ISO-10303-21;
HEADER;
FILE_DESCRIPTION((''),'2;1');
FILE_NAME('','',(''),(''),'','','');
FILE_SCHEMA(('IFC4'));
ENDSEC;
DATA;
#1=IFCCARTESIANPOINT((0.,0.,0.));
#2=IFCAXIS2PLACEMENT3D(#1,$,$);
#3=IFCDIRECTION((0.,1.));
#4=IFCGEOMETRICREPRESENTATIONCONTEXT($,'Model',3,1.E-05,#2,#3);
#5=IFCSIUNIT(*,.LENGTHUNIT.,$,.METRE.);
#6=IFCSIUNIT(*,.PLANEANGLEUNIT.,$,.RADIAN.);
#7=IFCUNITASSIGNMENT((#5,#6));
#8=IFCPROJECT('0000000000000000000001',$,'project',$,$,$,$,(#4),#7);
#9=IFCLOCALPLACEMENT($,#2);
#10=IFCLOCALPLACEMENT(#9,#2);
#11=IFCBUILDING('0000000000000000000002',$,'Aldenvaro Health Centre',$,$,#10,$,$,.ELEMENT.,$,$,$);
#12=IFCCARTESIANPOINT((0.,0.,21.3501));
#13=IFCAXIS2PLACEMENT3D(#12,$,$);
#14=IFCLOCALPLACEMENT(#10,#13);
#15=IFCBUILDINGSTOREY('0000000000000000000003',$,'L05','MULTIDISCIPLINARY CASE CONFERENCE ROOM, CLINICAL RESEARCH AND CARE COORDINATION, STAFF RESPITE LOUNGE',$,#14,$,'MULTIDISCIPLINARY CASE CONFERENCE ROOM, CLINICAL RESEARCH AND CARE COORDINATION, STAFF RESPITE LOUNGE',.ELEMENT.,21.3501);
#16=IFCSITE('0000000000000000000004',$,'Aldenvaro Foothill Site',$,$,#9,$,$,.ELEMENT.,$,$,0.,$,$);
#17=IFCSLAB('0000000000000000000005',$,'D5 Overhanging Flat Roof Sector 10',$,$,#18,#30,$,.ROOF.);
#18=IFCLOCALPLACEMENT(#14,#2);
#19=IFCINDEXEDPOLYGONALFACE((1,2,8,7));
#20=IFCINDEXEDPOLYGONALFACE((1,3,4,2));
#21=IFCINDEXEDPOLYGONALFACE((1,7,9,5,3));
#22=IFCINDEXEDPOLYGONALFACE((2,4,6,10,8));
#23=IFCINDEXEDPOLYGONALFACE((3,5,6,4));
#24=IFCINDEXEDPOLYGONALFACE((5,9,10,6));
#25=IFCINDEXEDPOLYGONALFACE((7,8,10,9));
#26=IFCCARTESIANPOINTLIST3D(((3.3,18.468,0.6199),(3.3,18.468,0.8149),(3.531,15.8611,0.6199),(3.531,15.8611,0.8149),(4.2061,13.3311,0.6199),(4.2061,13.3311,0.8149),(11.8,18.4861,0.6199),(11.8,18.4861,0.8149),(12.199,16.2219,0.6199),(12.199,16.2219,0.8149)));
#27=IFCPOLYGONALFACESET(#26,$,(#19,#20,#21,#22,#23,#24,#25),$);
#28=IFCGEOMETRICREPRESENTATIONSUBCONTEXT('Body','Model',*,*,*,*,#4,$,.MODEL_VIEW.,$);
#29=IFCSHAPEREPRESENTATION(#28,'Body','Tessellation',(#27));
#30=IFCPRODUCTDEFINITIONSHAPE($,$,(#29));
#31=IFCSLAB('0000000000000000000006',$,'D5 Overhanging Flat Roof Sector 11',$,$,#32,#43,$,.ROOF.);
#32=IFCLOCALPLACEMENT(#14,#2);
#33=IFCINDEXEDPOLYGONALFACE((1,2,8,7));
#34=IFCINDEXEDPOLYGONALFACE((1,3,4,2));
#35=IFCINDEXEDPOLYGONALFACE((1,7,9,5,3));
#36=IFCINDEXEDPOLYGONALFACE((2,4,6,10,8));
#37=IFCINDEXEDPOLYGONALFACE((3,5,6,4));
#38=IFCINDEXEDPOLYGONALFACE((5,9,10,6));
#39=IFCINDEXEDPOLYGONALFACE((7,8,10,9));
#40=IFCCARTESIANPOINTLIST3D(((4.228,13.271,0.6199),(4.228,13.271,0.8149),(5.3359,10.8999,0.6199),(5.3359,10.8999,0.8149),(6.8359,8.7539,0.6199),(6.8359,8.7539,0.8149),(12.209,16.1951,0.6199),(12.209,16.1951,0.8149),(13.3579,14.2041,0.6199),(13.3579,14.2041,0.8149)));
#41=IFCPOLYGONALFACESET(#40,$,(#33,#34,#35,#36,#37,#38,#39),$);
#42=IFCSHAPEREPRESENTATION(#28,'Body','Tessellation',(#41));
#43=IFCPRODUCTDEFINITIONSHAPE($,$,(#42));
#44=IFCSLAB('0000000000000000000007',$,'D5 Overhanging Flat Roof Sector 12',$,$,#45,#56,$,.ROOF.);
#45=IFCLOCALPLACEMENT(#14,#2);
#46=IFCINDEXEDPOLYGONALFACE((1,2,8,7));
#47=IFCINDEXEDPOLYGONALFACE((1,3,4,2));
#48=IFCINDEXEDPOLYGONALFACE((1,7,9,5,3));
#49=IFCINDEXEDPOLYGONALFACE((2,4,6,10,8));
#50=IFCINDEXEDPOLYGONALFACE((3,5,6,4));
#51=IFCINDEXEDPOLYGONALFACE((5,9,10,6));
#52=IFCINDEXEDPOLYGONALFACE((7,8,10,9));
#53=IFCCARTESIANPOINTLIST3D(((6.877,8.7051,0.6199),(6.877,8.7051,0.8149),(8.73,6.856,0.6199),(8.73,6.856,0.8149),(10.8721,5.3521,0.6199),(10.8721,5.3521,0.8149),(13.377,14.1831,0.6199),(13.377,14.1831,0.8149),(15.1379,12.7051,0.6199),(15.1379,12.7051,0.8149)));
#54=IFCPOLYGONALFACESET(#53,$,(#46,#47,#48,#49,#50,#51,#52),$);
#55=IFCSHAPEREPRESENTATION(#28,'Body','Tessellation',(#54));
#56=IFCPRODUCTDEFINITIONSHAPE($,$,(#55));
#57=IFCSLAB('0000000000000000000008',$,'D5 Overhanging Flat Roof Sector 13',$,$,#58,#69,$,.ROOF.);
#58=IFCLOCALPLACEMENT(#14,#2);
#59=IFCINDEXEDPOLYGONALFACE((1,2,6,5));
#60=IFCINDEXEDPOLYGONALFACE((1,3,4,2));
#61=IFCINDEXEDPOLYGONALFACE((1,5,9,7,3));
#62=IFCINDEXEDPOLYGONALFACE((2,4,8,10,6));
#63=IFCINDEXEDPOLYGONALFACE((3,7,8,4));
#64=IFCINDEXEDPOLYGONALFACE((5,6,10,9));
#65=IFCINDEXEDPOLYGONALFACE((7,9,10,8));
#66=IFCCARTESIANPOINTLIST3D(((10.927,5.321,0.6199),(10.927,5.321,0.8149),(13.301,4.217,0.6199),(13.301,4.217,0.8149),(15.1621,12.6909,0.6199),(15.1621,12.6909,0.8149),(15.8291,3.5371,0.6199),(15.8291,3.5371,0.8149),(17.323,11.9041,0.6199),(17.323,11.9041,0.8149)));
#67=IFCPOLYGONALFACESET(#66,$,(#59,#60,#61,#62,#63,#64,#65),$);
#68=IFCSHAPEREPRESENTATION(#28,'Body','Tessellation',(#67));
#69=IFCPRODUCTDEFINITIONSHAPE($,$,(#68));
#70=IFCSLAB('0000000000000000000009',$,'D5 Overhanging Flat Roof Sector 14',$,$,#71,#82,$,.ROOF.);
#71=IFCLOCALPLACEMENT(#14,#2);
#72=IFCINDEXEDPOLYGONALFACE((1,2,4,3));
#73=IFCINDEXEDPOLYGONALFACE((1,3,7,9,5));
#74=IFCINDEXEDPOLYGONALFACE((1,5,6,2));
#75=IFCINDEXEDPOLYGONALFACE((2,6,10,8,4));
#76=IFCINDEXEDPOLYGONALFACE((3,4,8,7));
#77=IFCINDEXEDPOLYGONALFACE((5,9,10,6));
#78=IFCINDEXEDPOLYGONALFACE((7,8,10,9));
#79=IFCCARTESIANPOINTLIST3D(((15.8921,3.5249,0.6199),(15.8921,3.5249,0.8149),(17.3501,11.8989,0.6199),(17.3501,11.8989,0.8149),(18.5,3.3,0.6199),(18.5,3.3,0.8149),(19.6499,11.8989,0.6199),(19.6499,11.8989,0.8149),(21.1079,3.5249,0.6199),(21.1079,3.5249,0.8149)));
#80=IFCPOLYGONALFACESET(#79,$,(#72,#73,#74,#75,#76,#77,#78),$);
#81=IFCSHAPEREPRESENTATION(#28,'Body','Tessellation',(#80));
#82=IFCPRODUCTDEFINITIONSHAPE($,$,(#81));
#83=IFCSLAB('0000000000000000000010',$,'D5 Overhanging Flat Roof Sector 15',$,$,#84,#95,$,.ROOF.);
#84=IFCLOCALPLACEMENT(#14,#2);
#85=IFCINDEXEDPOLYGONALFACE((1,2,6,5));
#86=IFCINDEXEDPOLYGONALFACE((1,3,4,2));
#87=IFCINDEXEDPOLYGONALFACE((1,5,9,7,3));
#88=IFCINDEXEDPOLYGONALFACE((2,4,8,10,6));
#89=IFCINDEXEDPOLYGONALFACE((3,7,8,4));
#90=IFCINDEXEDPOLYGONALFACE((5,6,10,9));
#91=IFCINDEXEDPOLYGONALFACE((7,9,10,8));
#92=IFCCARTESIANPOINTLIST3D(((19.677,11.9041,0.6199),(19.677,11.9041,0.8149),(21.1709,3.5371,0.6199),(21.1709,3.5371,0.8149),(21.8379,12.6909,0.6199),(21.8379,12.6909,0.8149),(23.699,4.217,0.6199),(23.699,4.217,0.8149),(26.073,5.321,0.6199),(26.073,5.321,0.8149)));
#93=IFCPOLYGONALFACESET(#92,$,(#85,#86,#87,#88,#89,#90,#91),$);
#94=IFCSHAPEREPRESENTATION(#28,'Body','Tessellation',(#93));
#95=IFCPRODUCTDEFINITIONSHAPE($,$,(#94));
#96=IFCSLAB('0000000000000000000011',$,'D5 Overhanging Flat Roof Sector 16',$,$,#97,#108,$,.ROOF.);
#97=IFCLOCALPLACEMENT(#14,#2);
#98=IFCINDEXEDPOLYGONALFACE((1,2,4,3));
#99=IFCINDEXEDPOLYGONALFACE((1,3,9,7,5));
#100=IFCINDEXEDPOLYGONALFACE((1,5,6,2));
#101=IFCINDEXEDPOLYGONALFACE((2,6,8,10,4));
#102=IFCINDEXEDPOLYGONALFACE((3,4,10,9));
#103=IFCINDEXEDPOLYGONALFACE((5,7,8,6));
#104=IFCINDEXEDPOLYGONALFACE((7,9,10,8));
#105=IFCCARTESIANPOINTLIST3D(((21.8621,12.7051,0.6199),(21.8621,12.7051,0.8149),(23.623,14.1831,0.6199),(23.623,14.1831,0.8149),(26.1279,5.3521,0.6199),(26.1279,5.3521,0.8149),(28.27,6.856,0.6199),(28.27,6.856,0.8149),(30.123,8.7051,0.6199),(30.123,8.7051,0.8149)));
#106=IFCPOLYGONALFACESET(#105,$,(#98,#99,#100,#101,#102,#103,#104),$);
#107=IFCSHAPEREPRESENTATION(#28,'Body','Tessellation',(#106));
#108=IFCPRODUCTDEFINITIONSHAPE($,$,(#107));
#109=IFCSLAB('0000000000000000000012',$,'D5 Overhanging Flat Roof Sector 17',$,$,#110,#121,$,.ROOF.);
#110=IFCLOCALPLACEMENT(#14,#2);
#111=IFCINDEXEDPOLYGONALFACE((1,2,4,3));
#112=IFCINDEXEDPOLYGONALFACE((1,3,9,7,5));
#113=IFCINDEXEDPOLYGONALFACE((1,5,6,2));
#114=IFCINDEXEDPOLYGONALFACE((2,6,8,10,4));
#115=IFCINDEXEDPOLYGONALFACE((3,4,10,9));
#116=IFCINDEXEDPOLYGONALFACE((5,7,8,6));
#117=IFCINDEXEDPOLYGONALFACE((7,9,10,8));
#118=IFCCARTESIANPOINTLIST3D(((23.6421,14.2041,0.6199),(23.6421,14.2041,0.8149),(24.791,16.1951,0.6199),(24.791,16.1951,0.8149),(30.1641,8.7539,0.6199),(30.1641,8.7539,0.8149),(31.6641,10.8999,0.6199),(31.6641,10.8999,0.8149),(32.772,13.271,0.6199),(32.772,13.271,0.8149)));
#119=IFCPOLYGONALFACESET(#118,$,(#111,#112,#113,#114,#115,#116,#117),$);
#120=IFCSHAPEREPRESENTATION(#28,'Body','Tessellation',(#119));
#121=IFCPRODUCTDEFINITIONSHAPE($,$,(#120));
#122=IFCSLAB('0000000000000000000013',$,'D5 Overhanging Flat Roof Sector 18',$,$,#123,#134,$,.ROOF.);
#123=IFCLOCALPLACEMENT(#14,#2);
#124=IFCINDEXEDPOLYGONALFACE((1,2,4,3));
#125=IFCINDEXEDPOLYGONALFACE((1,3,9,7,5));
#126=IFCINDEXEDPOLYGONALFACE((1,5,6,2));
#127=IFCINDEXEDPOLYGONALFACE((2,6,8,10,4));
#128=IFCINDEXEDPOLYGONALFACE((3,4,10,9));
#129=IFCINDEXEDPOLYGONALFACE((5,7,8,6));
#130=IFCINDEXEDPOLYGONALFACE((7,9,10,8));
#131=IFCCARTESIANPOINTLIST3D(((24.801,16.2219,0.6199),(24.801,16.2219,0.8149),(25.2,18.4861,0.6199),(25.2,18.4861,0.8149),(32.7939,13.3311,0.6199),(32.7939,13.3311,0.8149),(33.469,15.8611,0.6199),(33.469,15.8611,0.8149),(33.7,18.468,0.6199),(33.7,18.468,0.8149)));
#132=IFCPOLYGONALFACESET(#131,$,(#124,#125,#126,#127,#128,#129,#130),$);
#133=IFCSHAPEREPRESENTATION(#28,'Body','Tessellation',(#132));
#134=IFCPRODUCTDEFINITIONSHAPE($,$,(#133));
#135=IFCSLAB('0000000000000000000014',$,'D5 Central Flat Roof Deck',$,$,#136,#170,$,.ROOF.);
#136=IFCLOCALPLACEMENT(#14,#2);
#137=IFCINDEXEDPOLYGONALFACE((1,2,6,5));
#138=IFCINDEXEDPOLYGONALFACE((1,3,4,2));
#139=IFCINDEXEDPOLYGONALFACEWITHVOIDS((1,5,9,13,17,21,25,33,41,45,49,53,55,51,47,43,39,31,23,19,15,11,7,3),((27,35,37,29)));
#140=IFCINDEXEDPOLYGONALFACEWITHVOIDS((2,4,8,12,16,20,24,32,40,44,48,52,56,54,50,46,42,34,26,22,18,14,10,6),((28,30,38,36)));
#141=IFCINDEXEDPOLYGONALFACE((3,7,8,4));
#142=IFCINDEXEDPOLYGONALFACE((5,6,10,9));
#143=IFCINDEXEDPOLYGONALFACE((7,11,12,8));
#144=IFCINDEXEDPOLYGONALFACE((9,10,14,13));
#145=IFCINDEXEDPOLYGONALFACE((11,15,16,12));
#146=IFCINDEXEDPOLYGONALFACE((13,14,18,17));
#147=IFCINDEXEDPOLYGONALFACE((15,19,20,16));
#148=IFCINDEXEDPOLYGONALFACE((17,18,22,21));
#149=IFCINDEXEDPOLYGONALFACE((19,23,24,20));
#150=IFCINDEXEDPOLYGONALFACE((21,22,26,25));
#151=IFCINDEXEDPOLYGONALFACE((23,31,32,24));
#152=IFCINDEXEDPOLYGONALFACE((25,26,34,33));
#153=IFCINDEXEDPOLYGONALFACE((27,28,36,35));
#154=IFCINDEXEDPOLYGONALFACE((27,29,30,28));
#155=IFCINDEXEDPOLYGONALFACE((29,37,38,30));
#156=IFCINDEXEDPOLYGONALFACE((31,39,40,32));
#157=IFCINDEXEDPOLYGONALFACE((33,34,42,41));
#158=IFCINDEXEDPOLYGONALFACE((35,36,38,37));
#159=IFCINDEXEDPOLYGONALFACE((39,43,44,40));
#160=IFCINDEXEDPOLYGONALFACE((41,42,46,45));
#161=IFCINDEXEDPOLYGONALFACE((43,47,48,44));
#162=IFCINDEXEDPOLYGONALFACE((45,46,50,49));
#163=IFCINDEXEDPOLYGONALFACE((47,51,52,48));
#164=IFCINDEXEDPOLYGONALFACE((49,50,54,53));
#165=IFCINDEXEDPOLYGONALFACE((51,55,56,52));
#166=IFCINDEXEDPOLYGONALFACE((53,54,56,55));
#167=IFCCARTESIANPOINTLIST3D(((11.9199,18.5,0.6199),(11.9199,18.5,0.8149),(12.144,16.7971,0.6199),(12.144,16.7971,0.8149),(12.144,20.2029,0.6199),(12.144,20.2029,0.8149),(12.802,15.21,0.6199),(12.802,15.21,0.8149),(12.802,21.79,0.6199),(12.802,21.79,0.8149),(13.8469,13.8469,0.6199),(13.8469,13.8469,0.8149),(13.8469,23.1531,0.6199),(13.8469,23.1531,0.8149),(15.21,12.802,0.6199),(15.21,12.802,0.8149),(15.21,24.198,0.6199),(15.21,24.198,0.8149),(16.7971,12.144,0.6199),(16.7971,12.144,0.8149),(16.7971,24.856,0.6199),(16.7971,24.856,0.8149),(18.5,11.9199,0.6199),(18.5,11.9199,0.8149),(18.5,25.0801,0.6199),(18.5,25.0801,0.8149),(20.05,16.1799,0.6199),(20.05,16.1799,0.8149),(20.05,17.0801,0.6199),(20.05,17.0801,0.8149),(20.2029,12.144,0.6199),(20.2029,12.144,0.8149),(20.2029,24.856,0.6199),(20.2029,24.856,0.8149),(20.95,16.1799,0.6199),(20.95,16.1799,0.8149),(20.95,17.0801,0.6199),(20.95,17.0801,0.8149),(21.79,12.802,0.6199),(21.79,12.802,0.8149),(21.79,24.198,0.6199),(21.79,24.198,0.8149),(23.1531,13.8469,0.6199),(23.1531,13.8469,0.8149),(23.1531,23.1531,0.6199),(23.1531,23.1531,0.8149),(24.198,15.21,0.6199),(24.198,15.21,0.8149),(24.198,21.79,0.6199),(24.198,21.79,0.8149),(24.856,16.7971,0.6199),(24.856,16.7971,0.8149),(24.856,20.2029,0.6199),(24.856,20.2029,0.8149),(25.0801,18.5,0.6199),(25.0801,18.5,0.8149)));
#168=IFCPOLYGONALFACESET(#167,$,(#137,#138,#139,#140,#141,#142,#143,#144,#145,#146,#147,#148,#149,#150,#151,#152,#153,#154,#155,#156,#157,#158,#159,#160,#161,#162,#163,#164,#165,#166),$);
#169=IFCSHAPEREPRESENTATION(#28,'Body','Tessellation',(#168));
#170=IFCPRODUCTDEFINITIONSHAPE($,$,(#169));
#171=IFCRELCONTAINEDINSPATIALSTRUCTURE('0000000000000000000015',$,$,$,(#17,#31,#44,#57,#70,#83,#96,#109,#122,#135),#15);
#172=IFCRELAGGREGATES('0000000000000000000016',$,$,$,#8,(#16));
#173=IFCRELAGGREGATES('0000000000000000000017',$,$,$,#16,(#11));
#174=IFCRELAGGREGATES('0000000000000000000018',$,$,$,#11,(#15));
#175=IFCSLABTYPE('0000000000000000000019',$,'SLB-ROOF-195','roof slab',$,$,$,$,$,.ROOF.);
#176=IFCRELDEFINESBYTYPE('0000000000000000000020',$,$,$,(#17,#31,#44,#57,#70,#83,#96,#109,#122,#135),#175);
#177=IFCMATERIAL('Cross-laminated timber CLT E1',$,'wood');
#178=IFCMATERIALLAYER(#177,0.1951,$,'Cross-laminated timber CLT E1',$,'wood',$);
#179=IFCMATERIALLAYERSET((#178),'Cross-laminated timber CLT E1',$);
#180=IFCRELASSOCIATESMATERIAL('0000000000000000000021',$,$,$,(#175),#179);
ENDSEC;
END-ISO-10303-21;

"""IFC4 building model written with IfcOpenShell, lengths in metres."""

from ifc_helpers import new_model, si_unit, direction, frame, origin, place, context, subcontext, project, spatial, polyline, outline, extrude, material, layer, layer_set, type_object, element, save


model = new_model("IFC4")

# Units and contexts
model_context = context("Model", 3, precision=1e-05, world=origin(), true_north=direction((0.0, 1.0)))
body_context = subcontext(model_context, "Body", "Model", "MODEL_VIEW")
ifc_project = project(units=[si_unit("LENGTHUNIT", "METRE"), si_unit("PLANEANGLEUNIT", "RADIAN")], contexts=[model_context])

# Site, building, storey
site_placement = place(None, origin())
site = spatial("IfcSite", under=ifc_project, at=site_placement, Name="Aldenvaro Foothill Site", CompositionType="ELEMENT", RefElevation=0.0)
building_placement = place(site_placement, origin())
building = spatial("IfcBuilding", under=site, at=building_placement, Name="Aldenvaro Health Centre", CompositionType="ELEMENT")
storey_placement = place(building_placement, frame((0.0, 0.0, 21.3501)))
storey = spatial("IfcBuildingStorey", under=building, at=storey_placement, Name="L05", Description="MULTIDISCIPLINARY CASE CONFERENCE ROOM, CLINICAL RESEARCH AND CARE COORDINATION, STAFF RESPITE LOUNGE", LongName="MULTIDISCIPLINARY CASE CONFERENCE ROOM, CLINICAL RESEARCH AND CARE COORDINATION, STAFF RESPITE LOUNGE", CompositionType="ELEMENT", Elevation=21.3501)

# Slabs
ifc_material_1 = material(Name="Cross-laminated timber CLT E1", Category="wood")
ifc_layer_1 = layer(ifc_material_1, 0.1951, Name="Cross-laminated timber CLT E1", Category="wood")
ifc_layer_set_1 = layer_set([ifc_layer_1], Name="Cross-laminated timber CLT E1")
slab_type_1 = type_object("IfcSlabType", Name="SLB-ROOF-195", Description="roof slab", PredefinedType="ROOF", material=ifc_layer_set_1)
slab_1_placement = place(storey_placement, frame((0.0, 0.0, 0.6199)))
element("IfcSlab", 1, at=slab_1_placement, inside=storey, type_object=slab_type_1, Name="D5 Overhanging Flat Roof Sector 10", PredefinedType="ROOF", context=body_context, shape_type="SweptSolid", body=[
    extrude(outline(polyline([(3.3, 18.468), (3.531, 15.8611), (4.2061, 13.3311), (12.199, 16.2219), (11.8, 18.4861), (3.3, 18.468)])), origin(), (0.0, 0.0, 1.0), 0.1951),
])
slab_2_placement = place(storey_placement, frame((0.0, 0.0, 0.6199)))
element("IfcSlab", 2, at=slab_2_placement, inside=storey, type_object=slab_type_1, Name="D5 Overhanging Flat Roof Sector 11", PredefinedType="ROOF", context=body_context, shape_type="SweptSolid", body=[
    extrude(outline(polyline([(4.228, 13.271), (5.3359, 10.8999), (6.8359, 8.7539), (13.3579, 14.2041), (12.209, 16.1951), (4.228, 13.271)])), origin(), (0.0, 0.0, 1.0), 0.1951),
])
slab_3_placement = place(storey_placement, frame((0.0, 0.0, 0.6199)))
element("IfcSlab", 3, at=slab_3_placement, inside=storey, type_object=slab_type_1, Name="D5 Overhanging Flat Roof Sector 12", PredefinedType="ROOF", context=body_context, shape_type="SweptSolid", body=[
    extrude(outline(polyline([(6.877, 8.7051), (8.73, 6.856), (10.8721, 5.3521), (15.1379, 12.7051), (13.377, 14.1831), (6.877, 8.7051)])), origin(), (0.0, 0.0, 1.0), 0.1951),
])
slab_4_placement = place(storey_placement, frame((0.0, 0.0, 0.6199)))
element("IfcSlab", 4, at=slab_4_placement, inside=storey, type_object=slab_type_1, Name="D5 Overhanging Flat Roof Sector 13", PredefinedType="ROOF", context=body_context, shape_type="SweptSolid", body=[
    extrude(outline(polyline([(10.927, 5.321), (13.301, 4.217), (15.8291, 3.5371), (17.323, 11.9041), (15.1621, 12.6909), (10.927, 5.321)])), origin(), (0.0, 0.0, 1.0), 0.1951),
])
slab_5_placement = place(storey_placement, frame((0.0, 0.0, 0.6199)))
element("IfcSlab", 5, at=slab_5_placement, inside=storey, type_object=slab_type_1, Name="D5 Overhanging Flat Roof Sector 14", PredefinedType="ROOF", context=body_context, shape_type="SweptSolid", body=[
    extrude(outline(polyline([(15.8921, 3.5249), (18.5, 3.3), (21.1079, 3.5249), (19.6499, 11.8989), (17.3501, 11.8989), (15.8921, 3.5249)])), origin(), (0.0, 0.0, 1.0), 0.1951),
])
slab_6_placement = place(storey_placement, frame((0.0, 0.0, 0.6199)))
element("IfcSlab", 6, at=slab_6_placement, inside=storey, type_object=slab_type_1, Name="D5 Overhanging Flat Roof Sector 15", PredefinedType="ROOF", context=body_context, shape_type="SweptSolid", body=[
    extrude(outline(polyline([(21.1709, 3.5371), (23.699, 4.217), (26.073, 5.321), (21.8379, 12.6909), (19.677, 11.9041), (21.1709, 3.5371)])), origin(), (0.0, 0.0, 1.0), 0.1951),
])
slab_7_placement = place(storey_placement, frame((0.0, 0.0, 0.6199)))
element("IfcSlab", 7, at=slab_7_placement, inside=storey, type_object=slab_type_1, Name="D5 Overhanging Flat Roof Sector 16", PredefinedType="ROOF", context=body_context, shape_type="SweptSolid", body=[
    extrude(outline(polyline([(26.1279, 5.3521), (28.27, 6.856), (30.123, 8.7051), (23.623, 14.1831), (21.8621, 12.7051), (26.1279, 5.3521)])), origin(), (0.0, 0.0, 1.0), 0.1951),
])
slab_8_placement = place(storey_placement, frame((0.0, 0.0, 0.6199)))
element("IfcSlab", 8, at=slab_8_placement, inside=storey, type_object=slab_type_1, Name="D5 Overhanging Flat Roof Sector 17", PredefinedType="ROOF", context=body_context, shape_type="SweptSolid", body=[
    extrude(outline(polyline([(30.1641, 8.7539), (31.6641, 10.8999), (32.772, 13.271), (24.791, 16.1951), (23.6421, 14.2041), (30.1641, 8.7539)])), origin(), (0.0, 0.0, 1.0), 0.1951),
])
slab_9_placement = place(storey_placement, frame((0.0, 0.0, 0.6199)))
element("IfcSlab", 9, at=slab_9_placement, inside=storey, type_object=slab_type_1, Name="D5 Overhanging Flat Roof Sector 18", PredefinedType="ROOF", context=body_context, shape_type="SweptSolid", body=[
    extrude(outline(polyline([(32.7939, 13.3311), (33.469, 15.8611), (33.7, 18.468), (25.2, 18.4861), (24.801, 16.2219), (32.7939, 13.3311)])), origin(), (0.0, 0.0, 1.0), 0.1951),
])
slab_10_placement = place(storey_placement, frame((0.0, 0.0, 0.6199)))
element("IfcSlab", 10, at=slab_10_placement, inside=storey, type_object=slab_type_1, Name="D5 Central Flat Roof Deck", PredefinedType="ROOF", context=body_context, shape_type="SweptSolid", body=[
    extrude(outline(polyline([(25.0801, 18.5), (24.856, 20.2029), (24.198, 21.79), (23.1531, 23.1531), (21.79, 24.198), (20.2029, 24.856), (18.5, 25.0801), (16.7971, 24.856), (15.21, 24.198), (13.8469, 23.1531), (12.802, 21.79), (12.144, 20.2029), (11.9199, 18.5), (12.144, 16.7971), (12.802, 15.21), (13.8469, 13.8469), (15.21, 12.802), (16.7971, 12.144), (18.5, 11.9199), (20.2029, 12.144), (21.79, 12.802), (23.1531, 13.8469), (24.198, 15.21), (24.856, 16.7971), (25.0801, 18.5)]), holes=[polyline([(20.05, 16.1799), (20.05, 17.0801), (20.95, 17.0801), (20.95, 16.1799), (20.05, 16.1799)])]), origin(), (0.0, 0.0, 1.0), 0.1951),
])

save(model, "model.ifc")
